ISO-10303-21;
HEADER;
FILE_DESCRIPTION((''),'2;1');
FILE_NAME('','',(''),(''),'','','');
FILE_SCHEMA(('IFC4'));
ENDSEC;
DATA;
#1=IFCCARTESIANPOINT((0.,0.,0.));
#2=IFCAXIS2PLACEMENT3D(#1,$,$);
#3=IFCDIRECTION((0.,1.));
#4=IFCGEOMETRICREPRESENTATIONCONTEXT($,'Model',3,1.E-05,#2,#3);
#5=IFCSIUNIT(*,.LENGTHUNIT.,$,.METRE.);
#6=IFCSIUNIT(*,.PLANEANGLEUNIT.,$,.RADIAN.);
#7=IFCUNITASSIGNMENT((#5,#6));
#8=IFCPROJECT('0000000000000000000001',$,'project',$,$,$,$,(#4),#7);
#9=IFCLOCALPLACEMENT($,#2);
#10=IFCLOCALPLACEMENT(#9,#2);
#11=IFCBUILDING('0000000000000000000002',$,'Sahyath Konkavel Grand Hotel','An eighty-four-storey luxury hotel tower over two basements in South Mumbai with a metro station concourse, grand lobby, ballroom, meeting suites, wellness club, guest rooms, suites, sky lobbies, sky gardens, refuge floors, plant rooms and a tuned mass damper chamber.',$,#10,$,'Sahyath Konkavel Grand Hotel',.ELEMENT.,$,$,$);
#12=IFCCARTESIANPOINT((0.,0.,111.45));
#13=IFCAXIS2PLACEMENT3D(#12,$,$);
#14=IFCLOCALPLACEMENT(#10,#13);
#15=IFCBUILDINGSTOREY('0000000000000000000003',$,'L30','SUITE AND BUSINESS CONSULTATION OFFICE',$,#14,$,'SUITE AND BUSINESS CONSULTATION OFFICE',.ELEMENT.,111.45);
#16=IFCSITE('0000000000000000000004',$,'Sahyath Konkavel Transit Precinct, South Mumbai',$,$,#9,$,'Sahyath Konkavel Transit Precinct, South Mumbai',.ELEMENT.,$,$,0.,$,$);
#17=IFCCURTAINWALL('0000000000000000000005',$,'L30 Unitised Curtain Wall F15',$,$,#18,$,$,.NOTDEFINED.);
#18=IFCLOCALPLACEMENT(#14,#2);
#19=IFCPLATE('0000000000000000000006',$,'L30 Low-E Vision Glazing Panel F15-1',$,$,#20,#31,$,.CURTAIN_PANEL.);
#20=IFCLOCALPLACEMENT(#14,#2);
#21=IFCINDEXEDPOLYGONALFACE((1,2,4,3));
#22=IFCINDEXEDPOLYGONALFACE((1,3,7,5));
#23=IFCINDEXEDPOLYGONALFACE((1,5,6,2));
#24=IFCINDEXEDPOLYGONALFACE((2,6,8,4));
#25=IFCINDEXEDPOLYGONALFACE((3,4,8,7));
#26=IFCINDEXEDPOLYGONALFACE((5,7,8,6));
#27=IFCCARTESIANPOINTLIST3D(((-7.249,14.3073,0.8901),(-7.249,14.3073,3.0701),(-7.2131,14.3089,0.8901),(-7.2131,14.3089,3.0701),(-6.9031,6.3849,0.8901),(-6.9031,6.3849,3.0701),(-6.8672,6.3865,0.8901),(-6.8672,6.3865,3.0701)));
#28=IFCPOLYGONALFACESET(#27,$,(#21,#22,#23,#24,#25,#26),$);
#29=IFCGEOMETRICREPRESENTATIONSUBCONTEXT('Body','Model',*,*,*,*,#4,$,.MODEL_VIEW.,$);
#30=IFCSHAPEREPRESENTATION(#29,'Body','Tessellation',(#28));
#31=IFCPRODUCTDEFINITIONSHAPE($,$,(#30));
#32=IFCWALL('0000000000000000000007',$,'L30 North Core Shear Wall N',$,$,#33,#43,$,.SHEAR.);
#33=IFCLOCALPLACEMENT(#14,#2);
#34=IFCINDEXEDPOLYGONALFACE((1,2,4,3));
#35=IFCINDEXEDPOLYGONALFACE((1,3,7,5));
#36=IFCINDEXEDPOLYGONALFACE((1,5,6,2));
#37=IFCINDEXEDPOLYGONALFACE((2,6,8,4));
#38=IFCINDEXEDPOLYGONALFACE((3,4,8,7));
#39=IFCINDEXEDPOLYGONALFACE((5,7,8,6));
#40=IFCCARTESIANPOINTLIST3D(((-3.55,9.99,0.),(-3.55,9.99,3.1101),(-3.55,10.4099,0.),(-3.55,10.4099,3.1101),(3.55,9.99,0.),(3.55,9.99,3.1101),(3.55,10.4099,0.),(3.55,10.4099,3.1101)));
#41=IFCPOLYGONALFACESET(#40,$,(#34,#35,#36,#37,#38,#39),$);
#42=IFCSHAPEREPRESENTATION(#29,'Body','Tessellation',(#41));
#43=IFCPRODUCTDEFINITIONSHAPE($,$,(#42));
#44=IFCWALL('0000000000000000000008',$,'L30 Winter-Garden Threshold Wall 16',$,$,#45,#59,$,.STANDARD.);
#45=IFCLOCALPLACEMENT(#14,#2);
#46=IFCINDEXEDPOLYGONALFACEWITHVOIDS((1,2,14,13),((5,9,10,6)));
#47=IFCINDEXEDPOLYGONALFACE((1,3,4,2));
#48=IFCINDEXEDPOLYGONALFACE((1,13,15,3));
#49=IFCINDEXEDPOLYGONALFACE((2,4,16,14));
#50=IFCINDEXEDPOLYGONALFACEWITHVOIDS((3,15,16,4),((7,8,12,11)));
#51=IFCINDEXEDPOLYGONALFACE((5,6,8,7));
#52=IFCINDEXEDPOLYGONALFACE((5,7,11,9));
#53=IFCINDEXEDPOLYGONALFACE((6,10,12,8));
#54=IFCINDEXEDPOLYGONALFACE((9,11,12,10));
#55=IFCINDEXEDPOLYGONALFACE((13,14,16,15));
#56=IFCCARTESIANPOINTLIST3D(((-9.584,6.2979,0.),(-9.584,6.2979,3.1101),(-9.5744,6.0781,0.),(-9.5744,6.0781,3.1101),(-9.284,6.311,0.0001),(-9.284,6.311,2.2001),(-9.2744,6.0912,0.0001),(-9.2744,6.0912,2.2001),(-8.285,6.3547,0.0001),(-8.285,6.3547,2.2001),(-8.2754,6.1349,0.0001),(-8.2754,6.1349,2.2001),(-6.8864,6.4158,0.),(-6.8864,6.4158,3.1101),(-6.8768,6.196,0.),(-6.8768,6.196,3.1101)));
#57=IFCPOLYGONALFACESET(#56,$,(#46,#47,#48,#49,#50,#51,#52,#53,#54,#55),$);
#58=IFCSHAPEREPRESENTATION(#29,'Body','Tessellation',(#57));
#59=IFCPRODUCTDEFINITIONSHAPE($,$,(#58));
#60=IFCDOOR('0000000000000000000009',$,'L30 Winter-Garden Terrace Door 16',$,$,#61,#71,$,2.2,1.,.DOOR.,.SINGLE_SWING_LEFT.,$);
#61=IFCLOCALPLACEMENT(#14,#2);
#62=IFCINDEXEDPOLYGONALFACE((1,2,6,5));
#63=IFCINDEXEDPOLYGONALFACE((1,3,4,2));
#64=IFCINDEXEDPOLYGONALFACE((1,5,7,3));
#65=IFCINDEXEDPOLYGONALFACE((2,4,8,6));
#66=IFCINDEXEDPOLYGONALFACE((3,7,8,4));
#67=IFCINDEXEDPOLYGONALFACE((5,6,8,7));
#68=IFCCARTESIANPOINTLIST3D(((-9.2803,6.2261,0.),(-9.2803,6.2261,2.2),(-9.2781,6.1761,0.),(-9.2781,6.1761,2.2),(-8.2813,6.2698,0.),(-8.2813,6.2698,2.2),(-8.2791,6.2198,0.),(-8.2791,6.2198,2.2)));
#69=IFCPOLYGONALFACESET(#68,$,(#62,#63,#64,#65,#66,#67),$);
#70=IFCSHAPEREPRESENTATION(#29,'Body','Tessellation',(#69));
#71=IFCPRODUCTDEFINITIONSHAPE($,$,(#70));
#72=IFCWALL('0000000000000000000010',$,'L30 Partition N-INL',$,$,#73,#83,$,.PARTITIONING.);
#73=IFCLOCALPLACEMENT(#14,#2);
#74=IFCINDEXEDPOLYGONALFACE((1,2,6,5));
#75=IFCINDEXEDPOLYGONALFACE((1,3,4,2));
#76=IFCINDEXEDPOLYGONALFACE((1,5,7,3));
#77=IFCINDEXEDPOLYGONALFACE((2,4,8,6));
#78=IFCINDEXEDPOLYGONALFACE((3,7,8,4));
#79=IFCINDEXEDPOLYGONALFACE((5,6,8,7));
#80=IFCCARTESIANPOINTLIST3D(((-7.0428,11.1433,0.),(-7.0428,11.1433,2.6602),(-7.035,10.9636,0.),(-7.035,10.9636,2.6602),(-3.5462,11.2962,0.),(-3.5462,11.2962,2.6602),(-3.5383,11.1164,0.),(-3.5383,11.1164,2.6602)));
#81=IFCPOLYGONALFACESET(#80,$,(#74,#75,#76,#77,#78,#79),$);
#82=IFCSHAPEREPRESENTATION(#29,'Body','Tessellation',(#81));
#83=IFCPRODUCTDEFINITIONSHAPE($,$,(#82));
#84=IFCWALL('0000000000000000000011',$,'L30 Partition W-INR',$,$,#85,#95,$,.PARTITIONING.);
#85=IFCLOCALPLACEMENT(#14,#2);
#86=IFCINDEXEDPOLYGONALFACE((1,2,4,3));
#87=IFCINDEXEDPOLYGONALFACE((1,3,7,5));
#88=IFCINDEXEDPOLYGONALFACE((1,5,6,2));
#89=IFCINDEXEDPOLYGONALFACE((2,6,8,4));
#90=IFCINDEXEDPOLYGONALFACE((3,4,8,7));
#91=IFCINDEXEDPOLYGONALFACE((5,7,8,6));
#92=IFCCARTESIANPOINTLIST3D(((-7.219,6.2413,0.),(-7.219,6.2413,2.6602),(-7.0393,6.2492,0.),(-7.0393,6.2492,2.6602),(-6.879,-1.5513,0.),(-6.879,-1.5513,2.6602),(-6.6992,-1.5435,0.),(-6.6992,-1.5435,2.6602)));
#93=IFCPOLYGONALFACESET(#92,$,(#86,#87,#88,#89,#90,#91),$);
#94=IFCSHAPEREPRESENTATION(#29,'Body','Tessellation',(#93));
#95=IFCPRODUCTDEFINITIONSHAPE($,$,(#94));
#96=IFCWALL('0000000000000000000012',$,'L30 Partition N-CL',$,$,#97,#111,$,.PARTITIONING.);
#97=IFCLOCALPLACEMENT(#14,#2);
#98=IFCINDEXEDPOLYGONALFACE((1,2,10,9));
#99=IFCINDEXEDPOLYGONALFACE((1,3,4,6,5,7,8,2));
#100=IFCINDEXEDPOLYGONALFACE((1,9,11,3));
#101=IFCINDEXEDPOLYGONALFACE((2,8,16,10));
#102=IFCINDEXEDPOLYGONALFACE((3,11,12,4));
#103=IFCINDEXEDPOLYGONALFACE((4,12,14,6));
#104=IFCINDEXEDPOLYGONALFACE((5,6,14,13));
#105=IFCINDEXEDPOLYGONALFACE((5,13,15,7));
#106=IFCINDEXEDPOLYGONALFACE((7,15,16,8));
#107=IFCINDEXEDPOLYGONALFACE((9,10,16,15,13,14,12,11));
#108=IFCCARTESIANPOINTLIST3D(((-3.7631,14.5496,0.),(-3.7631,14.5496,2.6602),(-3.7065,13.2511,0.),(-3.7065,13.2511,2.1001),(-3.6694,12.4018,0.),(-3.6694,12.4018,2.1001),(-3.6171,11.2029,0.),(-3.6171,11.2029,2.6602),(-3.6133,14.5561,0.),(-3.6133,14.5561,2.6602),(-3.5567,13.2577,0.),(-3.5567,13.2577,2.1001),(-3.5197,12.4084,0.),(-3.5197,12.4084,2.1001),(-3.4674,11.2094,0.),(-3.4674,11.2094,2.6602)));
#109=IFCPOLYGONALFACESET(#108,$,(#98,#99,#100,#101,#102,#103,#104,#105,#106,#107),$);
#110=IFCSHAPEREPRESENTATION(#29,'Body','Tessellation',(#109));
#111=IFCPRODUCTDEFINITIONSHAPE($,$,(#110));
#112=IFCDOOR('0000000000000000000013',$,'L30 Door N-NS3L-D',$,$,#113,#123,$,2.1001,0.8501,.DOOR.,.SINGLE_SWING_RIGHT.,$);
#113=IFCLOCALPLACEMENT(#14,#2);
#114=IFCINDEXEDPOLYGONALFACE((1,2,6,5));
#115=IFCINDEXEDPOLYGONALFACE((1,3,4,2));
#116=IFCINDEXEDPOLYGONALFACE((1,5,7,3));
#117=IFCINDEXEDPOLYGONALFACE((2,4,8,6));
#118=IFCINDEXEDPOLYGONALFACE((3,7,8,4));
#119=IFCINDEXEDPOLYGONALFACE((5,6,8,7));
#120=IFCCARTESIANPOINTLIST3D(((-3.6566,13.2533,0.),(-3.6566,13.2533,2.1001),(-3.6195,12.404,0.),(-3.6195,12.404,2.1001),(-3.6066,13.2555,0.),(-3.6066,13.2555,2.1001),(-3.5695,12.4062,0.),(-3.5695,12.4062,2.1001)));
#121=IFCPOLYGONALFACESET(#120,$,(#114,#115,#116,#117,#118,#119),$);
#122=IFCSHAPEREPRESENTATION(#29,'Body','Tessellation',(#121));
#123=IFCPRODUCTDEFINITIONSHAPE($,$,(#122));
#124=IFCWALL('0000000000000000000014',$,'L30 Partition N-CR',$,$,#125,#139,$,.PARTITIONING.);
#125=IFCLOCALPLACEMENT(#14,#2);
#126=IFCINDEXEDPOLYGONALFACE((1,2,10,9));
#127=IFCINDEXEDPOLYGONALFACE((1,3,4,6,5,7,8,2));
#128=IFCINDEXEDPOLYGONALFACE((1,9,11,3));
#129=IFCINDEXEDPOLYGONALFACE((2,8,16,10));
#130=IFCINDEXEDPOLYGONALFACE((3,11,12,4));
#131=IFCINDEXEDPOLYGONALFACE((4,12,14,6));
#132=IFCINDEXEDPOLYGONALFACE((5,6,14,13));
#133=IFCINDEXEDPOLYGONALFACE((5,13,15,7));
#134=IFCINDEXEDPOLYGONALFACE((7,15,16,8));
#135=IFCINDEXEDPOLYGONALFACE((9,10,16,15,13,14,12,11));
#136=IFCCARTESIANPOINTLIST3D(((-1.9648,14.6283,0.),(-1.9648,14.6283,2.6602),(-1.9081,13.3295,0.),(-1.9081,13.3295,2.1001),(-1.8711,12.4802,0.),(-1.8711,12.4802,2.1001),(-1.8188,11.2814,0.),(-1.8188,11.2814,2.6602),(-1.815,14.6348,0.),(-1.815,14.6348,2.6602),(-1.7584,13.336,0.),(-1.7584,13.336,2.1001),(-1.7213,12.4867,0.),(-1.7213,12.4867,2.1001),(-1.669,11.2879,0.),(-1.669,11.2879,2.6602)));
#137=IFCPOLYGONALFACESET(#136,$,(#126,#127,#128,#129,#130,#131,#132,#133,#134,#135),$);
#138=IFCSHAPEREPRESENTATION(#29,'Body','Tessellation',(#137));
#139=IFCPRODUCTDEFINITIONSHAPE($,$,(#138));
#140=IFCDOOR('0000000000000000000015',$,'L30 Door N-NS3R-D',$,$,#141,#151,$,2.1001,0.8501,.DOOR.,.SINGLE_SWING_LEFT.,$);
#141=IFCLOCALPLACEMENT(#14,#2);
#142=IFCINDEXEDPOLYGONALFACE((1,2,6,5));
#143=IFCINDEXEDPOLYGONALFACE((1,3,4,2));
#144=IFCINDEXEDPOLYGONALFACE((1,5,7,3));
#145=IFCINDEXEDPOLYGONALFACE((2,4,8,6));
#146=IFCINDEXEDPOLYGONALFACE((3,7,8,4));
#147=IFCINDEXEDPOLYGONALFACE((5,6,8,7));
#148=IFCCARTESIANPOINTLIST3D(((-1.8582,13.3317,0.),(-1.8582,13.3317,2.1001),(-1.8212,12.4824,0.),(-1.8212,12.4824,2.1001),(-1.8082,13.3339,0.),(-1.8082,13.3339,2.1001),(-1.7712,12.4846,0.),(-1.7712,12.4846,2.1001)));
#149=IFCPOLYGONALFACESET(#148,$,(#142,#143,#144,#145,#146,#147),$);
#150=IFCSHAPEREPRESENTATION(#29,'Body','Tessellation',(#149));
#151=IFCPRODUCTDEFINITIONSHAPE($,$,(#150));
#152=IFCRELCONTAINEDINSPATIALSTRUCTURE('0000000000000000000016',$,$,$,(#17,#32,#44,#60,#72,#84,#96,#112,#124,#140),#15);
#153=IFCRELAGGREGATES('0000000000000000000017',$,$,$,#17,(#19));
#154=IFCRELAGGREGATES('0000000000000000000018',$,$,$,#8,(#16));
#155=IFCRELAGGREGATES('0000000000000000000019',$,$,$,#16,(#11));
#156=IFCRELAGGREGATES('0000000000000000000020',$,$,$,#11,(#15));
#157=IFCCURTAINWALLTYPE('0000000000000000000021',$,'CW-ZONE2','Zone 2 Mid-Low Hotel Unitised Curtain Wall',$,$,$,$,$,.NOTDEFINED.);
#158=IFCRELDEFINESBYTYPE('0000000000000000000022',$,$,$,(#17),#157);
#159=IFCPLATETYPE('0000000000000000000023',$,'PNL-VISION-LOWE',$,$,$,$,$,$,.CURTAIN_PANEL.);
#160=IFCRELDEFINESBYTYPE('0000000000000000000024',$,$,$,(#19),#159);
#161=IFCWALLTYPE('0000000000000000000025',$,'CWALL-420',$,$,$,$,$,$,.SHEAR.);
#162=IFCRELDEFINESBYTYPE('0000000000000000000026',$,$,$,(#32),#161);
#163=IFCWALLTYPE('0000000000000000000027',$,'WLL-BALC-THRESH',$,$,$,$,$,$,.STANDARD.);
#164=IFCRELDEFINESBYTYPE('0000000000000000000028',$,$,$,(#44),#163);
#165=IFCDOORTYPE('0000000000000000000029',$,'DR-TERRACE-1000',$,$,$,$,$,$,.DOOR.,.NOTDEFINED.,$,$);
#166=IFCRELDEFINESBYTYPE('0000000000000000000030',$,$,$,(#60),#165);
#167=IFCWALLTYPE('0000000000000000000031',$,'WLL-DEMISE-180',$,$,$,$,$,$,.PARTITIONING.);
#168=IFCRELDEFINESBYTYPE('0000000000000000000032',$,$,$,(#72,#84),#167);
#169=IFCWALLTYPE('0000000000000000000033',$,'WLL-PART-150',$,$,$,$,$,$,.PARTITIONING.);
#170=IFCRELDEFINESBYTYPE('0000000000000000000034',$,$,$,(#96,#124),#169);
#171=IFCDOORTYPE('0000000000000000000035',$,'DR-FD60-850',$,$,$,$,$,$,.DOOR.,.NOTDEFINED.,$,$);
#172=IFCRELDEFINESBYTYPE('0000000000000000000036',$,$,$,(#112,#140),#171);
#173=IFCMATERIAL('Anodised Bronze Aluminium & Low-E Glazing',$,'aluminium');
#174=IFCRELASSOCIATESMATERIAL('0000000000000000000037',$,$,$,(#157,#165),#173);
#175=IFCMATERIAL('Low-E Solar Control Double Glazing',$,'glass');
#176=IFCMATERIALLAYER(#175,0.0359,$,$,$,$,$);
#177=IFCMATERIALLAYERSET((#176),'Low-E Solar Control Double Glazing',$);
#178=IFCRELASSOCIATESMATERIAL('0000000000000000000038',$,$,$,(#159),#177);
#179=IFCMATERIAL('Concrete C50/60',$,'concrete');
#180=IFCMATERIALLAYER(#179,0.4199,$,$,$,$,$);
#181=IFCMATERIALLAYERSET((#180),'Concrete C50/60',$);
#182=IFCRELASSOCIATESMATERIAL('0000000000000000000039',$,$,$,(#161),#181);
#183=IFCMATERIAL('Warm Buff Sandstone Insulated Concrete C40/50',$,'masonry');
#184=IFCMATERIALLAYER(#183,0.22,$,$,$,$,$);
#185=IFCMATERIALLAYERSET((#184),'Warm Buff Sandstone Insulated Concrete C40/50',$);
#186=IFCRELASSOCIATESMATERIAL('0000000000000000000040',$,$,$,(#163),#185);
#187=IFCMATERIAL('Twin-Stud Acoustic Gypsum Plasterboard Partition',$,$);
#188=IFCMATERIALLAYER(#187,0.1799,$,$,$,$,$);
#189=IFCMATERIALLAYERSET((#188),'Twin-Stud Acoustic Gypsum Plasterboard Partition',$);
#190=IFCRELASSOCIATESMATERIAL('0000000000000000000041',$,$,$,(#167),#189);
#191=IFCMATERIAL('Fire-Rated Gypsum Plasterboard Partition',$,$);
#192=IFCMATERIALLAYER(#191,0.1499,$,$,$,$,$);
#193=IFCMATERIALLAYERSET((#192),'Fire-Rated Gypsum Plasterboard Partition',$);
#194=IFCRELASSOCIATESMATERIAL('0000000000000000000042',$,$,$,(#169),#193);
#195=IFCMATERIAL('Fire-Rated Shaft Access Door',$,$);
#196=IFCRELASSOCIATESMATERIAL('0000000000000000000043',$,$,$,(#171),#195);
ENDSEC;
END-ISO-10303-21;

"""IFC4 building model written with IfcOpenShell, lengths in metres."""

from ifc_helpers import new_model, si_unit, direction, frame, frame_2d, origin, origin_2d, place, context, subcontext, project, spatial, rectangle, extrude, source, transform, mapped, material, layer, layer_set, type_object, element, fill, aggregate, save


model = new_model("IFC4")

# Units and contexts
model_context = context("Model", 3, precision=1e-05, world=origin(), true_north=direction((0.0, 1.0)))
body_context = subcontext(model_context, "Body", "Model", "MODEL_VIEW")
ifc_project = project(units=[si_unit("LENGTHUNIT", "METRE"), si_unit("PLANEANGLEUNIT", "RADIAN")], contexts=[model_context])

# Site, building, storey
site_placement = place(None, origin())
site = spatial("IfcSite", under=ifc_project, at=site_placement, Name="Sahyath Konkavel Transit Precinct, South Mumbai", LongName="Sahyath Konkavel Transit Precinct, South Mumbai", CompositionType="ELEMENT", RefElevation=0.0)
building_placement = place(site_placement, origin())
building = spatial("IfcBuilding", under=site, at=building_placement, Name="Sahyath Konkavel Grand Hotel", Description="An eighty-four-storey luxury hotel tower over two basements in South Mumbai with a metro station concourse, grand lobby, ballroom, meeting suites, wellness club, guest rooms, suites, sky lobbies, sky gardens, refuge floors, plant rooms and a tuned mass damper chamber.", LongName="Sahyath Konkavel Grand Hotel", CompositionType="ELEMENT")
storey_placement = place(building_placement, frame((0.0, 0.0, 111.45)))
storey = spatial("IfcBuildingStorey", under=building, at=storey_placement, Name="L30", Description="SUITE AND BUSINESS CONSULTATION OFFICE", LongName="SUITE AND BUSINESS CONSULTATION OFFICE", CompositionType="ELEMENT", Elevation=111.45)

# Curtain wall
ifc_material_1 = material(Name="Anodised Bronze Aluminium & Low-E Glazing", Category="aluminium")
curtain_wall_type = type_object("IfcCurtainWallType", Name="CW-ZONE2", Description="Zone 2 Mid-Low Hotel Unitised Curtain Wall", PredefinedType="NOTDEFINED", material=ifc_material_1)
curtain_wall_1_placement = place(storey_placement, origin())
curtain_wall_1 = element("IfcCurtainWall", 1, at=curtain_wall_1_placement, inside=storey, type_object=curtain_wall_type, Name="L30 Unitised Curtain Wall F15", PredefinedType="NOTDEFINED")

# Plate
ifc_material_2 = material(Name="Low-E Solar Control Double Glazing", Category="glass")
ifc_layer_1 = layer(ifc_material_2, 0.0359)
ifc_layer_set_1 = layer_set([ifc_layer_1], Name="Low-E Solar Control Double Glazing")
plate_type_1 = type_object("IfcPlateType", Name="PNL-VISION-LOWE", PredefinedType="CURTAIN_PANEL", material=ifc_layer_set_1)
shared_shape_1 = source(origin(), body_context, "Body", "SweptSolid", [
    extrude(rectangle(XDim=7.9299, YDim=0.0359, at=origin_2d()), origin(), (0.0, 0.0, 1.0), 2.1799),
])
plate_1_placement = place(storey_placement, frame((-7.0581, 10.3469, 0.8901), z_axis=(0.0, 0.0, 1.0), x_axis=(0.043619, -0.999048, 0.0)))
plate_1 = element("IfcPlate", 2, at=plate_1_placement, type_object=plate_type_1, Name="L30 Low-E Vision Glazing Panel F15-1", PredefinedType="CURTAIN_PANEL", context=body_context, shape_type="MappedRepresentation", body=[
    mapped(shared_shape_1, transform((0.0, 0.0, 0.0), scale=1.0)),
])
aggregate(curtain_wall_1, [plate_1])

# Wall
ifc_material_3 = material(Name="Concrete C50/60", Category="concrete")
ifc_layer_2 = layer(ifc_material_3, 0.4199)
ifc_layer_set_2 = layer_set([ifc_layer_2], Name="Concrete C50/60")
wall_type_1 = type_object("IfcWallType", Name="CWALL-420", PredefinedType="SHEAR", material=ifc_layer_set_2)
wall_1_placement = place(storey_placement, frame((-3.55, 10.2, 0.0), z_axis=(0.0, 0.0, 1.0), x_axis=(1.0, 0.0, 0.0)))
element("IfcWall", 3, at=wall_1_placement, inside=storey, type_object=wall_type_1, Name="L30 North Core Shear Wall N", PredefinedType="SHEAR", context=body_context, shape_type="SweptSolid", body=[
    extrude(rectangle(XDim=7.1001, YDim=0.4199, at=frame_2d((3.55, 0.0))), origin(), (0.0, 0.0, 1.0), 3.1101),
])

# Wall, opening, door
ifc_material_4 = material(Name="Warm Buff Sandstone Insulated Concrete C40/50", Category="masonry")
ifc_layer_3 = layer(ifc_material_4, 0.22)
ifc_layer_set_3 = layer_set([ifc_layer_3], Name="Warm Buff Sandstone Insulated Concrete C40/50")
wall_type_2 = type_object("IfcWallType", Name="WLL-BALC-THRESH", PredefinedType="STANDARD", material=ifc_layer_set_3)
wall_2_placement = place(storey_placement, frame((-6.8816, 6.3059, 0.0), z_axis=(0.0, 0.0, 1.0), x_axis=(-0.999046, -0.043673, 0.0)))
wall_2 = element("IfcWall", 4, at=wall_2_placement, inside=storey, type_object=wall_type_2, Name="L30 Winter-Garden Threshold Wall 16", PredefinedType="STANDARD", context=body_context, shape_type="SweptSolid", body=[
    extrude(rectangle(XDim=2.7002, YDim=0.22, at=frame_2d((1.3501, 0.0))), origin(), (0.0, 0.0, 1.0), 3.1101),
])
opening_1_placement = place(wall_2_placement, frame((1.3999, 0.0, 0.0)))
opening_1 = element("IfcOpeningElement", 5, at=opening_1_placement, cuts=wall_2, PredefinedType="OPENING", context=body_context, shape_type="SweptSolid", body=[
    extrude(rectangle(XDim=1.0, YDim=2.2, at=frame_2d((0.5, 1.1001))), frame((0.0, 0.1201, 0.0), z_axis=(0.0, -1.0, 0.0), x_axis=(1.0, 0.0, 0.0)), (0.0, 0.0, 1.0), 0.24),
])
door_type_1 = type_object("IfcDoorType", Name="DR-TERRACE-1000", OperationType="NOTDEFINED", PredefinedType="DOOR", material=ifc_material_1)
shared_shape_2 = source(origin(), body_context, "Body", "SweptSolid", [
    extrude(rectangle(XDim=1.0, YDim=0.05, at=origin_2d()), origin(), (0.0, 0.0, 1.0), 2.2),
])
door_1_placement = place(opening_1_placement, frame((0.5, 0.0, 0.0)))
door_1 = element("IfcDoor", 6, at=door_1_placement, inside=storey, type_object=door_type_1, Name="L30 Winter-Garden Terrace Door 16", OperationType="SINGLE_SWING_LEFT", OverallHeight=2.2, OverallWidth=1.0, PredefinedType="DOOR", context=body_context, shape_type="MappedRepresentation", body=[
    mapped(shared_shape_2, transform((0.0, 0.0, 0.0), scale=1.0)),
])
fill(opening_1, door_1)

# Walls
ifc_material_5 = material(Name="Twin-Stud Acoustic Gypsum Plasterboard Partition")
ifc_layer_4 = layer(ifc_material_5, 0.1799)
ifc_layer_set_4 = layer_set([ifc_layer_4], Name="Twin-Stud Acoustic Gypsum Plasterboard Partition")
wall_type_3 = type_object("IfcWallType", Name="WLL-DEMISE-180", PredefinedType="PARTITIONING", material=ifc_layer_set_4)
wall_3_placement = place(storey_placement, frame((-3.5422, 11.2063, 0.0), z_axis=(0.0, 0.0, 1.0), x_axis=(-0.999046, -0.043667, 0.0)))
element("IfcWall", 7, at=wall_3_placement, inside=storey, type_object=wall_type_3, Name="L30 Partition N-INL", PredefinedType="PARTITIONING", context=body_context, shape_type="SweptSolid", body=[
    extrude(rectangle(XDim=3.5, YDim=0.1799, at=frame_2d((1.75, 0.0))), origin(), (0.0, 0.0, 1.0), 2.6602),
])
wall_4_placement = place(storey_placement, frame((-7.1292, 6.2451, 0.0), z_axis=(0.0, 0.0, 1.0), x_axis=(0.0436, -0.999049, 0.0)))
element("IfcWall", 8, at=wall_4_placement, inside=storey, type_object=wall_type_3, Name="L30 Partition W-INR", PredefinedType="PARTITIONING", context=body_context, shape_type="SweptSolid", body=[
    extrude(rectangle(XDim=7.8, YDim=0.1799, at=frame_2d((3.8999, 0.0))), origin(), (0.0, 0.0, 1.0), 2.6602),
])

# Walls, openings, doors
ifc_material_6 = material(Name="Fire-Rated Gypsum Plasterboard Partition")
ifc_layer_5 = layer(ifc_material_6, 0.1499)
ifc_layer_set_5 = layer_set([ifc_layer_5], Name="Fire-Rated Gypsum Plasterboard Partition")
wall_type_4 = type_object("IfcWallType", Name="WLL-PART-150", PredefinedType="PARTITIONING", material=ifc_layer_set_5)
wall_5_placement = place(storey_placement, frame((-3.5422, 11.2063, 0.0), z_axis=(0.0, 0.0, 1.0), x_axis=(-0.043583, 0.99905, 0.0)))
wall_5 = element("IfcWall", 9, at=wall_5_placement, inside=storey, type_object=wall_type_4, Name="L30 Partition N-CL", PredefinedType="PARTITIONING", context=body_context, shape_type="SweptSolid", body=[
    extrude(rectangle(XDim=3.3499, YDim=0.1499, at=frame_2d((1.6748, 0.0))), origin(), (0.0, 0.0, 1.0), 2.6602),
])
opening_2_placement = place(wall_5_placement, frame((1.2, 0.0, 0.0)))
opening_2 = element("IfcOpeningElement", 10, at=opening_2_placement, cuts=wall_5, PredefinedType="OPENING", context=body_context, shape_type="SweptSolid", body=[
    extrude(rectangle(XDim=0.8501, YDim=2.1001, at=frame_2d((0.425, 1.05))), frame((0.0, 0.085, 0.0), z_axis=(0.0, -1.0, 0.0), x_axis=(1.0, 0.0, 0.0)), (0.0, 0.0, 1.0), 0.1699),
])
ifc_material_7 = material(Name="Fire-Rated Shaft Access Door")
door_type_2 = type_object("IfcDoorType", Name="DR-FD60-850", OperationType="NOTDEFINED", PredefinedType="DOOR", material=ifc_material_7)
shared_shape_3 = source(origin(), body_context, "Body", "SweptSolid", [
    extrude(rectangle(XDim=0.8501, YDim=0.05, at=origin_2d()), origin(), (0.0, 0.0, 1.0), 2.1001),
])
door_2_placement = place(opening_2_placement, frame((0.425, 0.0, 0.0)))
door_2 = element("IfcDoor", 11, at=door_2_placement, inside=storey, type_object=door_type_2, Name="L30 Door N-NS3L-D", OperationType="SINGLE_SWING_RIGHT", OverallHeight=2.1001, OverallWidth=0.8501, PredefinedType="DOOR", context=body_context, shape_type="MappedRepresentation", body=[
    mapped(shared_shape_3, transform((0.0, 0.0, 0.0), scale=1.0)),
])
fill(opening_2, door_2)
wall_6_placement = place(storey_placement, frame((-1.7439, 11.2847, 0.0), z_axis=(0.0, 0.0, 1.0), x_axis=(-0.04358, 0.99905, 0.0)))
wall_6 = element("IfcWall", 12, at=wall_6_placement, inside=storey, type_object=wall_type_4, Name="L30 Partition N-CR", PredefinedType="PARTITIONING", context=body_context, shape_type="SweptSolid", body=[
    extrude(rectangle(XDim=3.3501, YDim=0.1499, at=frame_2d((1.675, 0.0))), origin(), (0.0, 0.0, 1.0), 2.6602),
])
opening_3_placement = place(wall_6_placement, frame((1.2, 0.0, 0.0)))
opening_3 = element("IfcOpeningElement", 13, at=opening_3_placement, cuts=wall_6, PredefinedType="OPENING", context=body_context, shape_type="SweptSolid", body=[
    extrude(rectangle(XDim=0.8501, YDim=2.1001, at=frame_2d((0.425, 1.05))), frame((0.0, 0.085, 0.0), z_axis=(0.0, -1.0, 0.0), x_axis=(1.0, 0.0, 0.0)), (0.0, 0.0, 1.0), 0.1699),
])
door_3_placement = place(opening_3_placement, frame((0.425, 0.0, 0.0)))
door_3 = element("IfcDoor", 14, at=door_3_placement, inside=storey, type_object=door_type_2, Name="L30 Door N-NS3R-D", OperationType="SINGLE_SWING_LEFT", OverallHeight=2.1001, OverallWidth=0.8501, PredefinedType="DOOR", context=body_context, shape_type="MappedRepresentation", body=[
    mapped(shared_shape_3, transform((0.0, 0.0, 0.0), scale=1.0)),
])
fill(opening_3, door_3)

save(model, "model.ifc")
